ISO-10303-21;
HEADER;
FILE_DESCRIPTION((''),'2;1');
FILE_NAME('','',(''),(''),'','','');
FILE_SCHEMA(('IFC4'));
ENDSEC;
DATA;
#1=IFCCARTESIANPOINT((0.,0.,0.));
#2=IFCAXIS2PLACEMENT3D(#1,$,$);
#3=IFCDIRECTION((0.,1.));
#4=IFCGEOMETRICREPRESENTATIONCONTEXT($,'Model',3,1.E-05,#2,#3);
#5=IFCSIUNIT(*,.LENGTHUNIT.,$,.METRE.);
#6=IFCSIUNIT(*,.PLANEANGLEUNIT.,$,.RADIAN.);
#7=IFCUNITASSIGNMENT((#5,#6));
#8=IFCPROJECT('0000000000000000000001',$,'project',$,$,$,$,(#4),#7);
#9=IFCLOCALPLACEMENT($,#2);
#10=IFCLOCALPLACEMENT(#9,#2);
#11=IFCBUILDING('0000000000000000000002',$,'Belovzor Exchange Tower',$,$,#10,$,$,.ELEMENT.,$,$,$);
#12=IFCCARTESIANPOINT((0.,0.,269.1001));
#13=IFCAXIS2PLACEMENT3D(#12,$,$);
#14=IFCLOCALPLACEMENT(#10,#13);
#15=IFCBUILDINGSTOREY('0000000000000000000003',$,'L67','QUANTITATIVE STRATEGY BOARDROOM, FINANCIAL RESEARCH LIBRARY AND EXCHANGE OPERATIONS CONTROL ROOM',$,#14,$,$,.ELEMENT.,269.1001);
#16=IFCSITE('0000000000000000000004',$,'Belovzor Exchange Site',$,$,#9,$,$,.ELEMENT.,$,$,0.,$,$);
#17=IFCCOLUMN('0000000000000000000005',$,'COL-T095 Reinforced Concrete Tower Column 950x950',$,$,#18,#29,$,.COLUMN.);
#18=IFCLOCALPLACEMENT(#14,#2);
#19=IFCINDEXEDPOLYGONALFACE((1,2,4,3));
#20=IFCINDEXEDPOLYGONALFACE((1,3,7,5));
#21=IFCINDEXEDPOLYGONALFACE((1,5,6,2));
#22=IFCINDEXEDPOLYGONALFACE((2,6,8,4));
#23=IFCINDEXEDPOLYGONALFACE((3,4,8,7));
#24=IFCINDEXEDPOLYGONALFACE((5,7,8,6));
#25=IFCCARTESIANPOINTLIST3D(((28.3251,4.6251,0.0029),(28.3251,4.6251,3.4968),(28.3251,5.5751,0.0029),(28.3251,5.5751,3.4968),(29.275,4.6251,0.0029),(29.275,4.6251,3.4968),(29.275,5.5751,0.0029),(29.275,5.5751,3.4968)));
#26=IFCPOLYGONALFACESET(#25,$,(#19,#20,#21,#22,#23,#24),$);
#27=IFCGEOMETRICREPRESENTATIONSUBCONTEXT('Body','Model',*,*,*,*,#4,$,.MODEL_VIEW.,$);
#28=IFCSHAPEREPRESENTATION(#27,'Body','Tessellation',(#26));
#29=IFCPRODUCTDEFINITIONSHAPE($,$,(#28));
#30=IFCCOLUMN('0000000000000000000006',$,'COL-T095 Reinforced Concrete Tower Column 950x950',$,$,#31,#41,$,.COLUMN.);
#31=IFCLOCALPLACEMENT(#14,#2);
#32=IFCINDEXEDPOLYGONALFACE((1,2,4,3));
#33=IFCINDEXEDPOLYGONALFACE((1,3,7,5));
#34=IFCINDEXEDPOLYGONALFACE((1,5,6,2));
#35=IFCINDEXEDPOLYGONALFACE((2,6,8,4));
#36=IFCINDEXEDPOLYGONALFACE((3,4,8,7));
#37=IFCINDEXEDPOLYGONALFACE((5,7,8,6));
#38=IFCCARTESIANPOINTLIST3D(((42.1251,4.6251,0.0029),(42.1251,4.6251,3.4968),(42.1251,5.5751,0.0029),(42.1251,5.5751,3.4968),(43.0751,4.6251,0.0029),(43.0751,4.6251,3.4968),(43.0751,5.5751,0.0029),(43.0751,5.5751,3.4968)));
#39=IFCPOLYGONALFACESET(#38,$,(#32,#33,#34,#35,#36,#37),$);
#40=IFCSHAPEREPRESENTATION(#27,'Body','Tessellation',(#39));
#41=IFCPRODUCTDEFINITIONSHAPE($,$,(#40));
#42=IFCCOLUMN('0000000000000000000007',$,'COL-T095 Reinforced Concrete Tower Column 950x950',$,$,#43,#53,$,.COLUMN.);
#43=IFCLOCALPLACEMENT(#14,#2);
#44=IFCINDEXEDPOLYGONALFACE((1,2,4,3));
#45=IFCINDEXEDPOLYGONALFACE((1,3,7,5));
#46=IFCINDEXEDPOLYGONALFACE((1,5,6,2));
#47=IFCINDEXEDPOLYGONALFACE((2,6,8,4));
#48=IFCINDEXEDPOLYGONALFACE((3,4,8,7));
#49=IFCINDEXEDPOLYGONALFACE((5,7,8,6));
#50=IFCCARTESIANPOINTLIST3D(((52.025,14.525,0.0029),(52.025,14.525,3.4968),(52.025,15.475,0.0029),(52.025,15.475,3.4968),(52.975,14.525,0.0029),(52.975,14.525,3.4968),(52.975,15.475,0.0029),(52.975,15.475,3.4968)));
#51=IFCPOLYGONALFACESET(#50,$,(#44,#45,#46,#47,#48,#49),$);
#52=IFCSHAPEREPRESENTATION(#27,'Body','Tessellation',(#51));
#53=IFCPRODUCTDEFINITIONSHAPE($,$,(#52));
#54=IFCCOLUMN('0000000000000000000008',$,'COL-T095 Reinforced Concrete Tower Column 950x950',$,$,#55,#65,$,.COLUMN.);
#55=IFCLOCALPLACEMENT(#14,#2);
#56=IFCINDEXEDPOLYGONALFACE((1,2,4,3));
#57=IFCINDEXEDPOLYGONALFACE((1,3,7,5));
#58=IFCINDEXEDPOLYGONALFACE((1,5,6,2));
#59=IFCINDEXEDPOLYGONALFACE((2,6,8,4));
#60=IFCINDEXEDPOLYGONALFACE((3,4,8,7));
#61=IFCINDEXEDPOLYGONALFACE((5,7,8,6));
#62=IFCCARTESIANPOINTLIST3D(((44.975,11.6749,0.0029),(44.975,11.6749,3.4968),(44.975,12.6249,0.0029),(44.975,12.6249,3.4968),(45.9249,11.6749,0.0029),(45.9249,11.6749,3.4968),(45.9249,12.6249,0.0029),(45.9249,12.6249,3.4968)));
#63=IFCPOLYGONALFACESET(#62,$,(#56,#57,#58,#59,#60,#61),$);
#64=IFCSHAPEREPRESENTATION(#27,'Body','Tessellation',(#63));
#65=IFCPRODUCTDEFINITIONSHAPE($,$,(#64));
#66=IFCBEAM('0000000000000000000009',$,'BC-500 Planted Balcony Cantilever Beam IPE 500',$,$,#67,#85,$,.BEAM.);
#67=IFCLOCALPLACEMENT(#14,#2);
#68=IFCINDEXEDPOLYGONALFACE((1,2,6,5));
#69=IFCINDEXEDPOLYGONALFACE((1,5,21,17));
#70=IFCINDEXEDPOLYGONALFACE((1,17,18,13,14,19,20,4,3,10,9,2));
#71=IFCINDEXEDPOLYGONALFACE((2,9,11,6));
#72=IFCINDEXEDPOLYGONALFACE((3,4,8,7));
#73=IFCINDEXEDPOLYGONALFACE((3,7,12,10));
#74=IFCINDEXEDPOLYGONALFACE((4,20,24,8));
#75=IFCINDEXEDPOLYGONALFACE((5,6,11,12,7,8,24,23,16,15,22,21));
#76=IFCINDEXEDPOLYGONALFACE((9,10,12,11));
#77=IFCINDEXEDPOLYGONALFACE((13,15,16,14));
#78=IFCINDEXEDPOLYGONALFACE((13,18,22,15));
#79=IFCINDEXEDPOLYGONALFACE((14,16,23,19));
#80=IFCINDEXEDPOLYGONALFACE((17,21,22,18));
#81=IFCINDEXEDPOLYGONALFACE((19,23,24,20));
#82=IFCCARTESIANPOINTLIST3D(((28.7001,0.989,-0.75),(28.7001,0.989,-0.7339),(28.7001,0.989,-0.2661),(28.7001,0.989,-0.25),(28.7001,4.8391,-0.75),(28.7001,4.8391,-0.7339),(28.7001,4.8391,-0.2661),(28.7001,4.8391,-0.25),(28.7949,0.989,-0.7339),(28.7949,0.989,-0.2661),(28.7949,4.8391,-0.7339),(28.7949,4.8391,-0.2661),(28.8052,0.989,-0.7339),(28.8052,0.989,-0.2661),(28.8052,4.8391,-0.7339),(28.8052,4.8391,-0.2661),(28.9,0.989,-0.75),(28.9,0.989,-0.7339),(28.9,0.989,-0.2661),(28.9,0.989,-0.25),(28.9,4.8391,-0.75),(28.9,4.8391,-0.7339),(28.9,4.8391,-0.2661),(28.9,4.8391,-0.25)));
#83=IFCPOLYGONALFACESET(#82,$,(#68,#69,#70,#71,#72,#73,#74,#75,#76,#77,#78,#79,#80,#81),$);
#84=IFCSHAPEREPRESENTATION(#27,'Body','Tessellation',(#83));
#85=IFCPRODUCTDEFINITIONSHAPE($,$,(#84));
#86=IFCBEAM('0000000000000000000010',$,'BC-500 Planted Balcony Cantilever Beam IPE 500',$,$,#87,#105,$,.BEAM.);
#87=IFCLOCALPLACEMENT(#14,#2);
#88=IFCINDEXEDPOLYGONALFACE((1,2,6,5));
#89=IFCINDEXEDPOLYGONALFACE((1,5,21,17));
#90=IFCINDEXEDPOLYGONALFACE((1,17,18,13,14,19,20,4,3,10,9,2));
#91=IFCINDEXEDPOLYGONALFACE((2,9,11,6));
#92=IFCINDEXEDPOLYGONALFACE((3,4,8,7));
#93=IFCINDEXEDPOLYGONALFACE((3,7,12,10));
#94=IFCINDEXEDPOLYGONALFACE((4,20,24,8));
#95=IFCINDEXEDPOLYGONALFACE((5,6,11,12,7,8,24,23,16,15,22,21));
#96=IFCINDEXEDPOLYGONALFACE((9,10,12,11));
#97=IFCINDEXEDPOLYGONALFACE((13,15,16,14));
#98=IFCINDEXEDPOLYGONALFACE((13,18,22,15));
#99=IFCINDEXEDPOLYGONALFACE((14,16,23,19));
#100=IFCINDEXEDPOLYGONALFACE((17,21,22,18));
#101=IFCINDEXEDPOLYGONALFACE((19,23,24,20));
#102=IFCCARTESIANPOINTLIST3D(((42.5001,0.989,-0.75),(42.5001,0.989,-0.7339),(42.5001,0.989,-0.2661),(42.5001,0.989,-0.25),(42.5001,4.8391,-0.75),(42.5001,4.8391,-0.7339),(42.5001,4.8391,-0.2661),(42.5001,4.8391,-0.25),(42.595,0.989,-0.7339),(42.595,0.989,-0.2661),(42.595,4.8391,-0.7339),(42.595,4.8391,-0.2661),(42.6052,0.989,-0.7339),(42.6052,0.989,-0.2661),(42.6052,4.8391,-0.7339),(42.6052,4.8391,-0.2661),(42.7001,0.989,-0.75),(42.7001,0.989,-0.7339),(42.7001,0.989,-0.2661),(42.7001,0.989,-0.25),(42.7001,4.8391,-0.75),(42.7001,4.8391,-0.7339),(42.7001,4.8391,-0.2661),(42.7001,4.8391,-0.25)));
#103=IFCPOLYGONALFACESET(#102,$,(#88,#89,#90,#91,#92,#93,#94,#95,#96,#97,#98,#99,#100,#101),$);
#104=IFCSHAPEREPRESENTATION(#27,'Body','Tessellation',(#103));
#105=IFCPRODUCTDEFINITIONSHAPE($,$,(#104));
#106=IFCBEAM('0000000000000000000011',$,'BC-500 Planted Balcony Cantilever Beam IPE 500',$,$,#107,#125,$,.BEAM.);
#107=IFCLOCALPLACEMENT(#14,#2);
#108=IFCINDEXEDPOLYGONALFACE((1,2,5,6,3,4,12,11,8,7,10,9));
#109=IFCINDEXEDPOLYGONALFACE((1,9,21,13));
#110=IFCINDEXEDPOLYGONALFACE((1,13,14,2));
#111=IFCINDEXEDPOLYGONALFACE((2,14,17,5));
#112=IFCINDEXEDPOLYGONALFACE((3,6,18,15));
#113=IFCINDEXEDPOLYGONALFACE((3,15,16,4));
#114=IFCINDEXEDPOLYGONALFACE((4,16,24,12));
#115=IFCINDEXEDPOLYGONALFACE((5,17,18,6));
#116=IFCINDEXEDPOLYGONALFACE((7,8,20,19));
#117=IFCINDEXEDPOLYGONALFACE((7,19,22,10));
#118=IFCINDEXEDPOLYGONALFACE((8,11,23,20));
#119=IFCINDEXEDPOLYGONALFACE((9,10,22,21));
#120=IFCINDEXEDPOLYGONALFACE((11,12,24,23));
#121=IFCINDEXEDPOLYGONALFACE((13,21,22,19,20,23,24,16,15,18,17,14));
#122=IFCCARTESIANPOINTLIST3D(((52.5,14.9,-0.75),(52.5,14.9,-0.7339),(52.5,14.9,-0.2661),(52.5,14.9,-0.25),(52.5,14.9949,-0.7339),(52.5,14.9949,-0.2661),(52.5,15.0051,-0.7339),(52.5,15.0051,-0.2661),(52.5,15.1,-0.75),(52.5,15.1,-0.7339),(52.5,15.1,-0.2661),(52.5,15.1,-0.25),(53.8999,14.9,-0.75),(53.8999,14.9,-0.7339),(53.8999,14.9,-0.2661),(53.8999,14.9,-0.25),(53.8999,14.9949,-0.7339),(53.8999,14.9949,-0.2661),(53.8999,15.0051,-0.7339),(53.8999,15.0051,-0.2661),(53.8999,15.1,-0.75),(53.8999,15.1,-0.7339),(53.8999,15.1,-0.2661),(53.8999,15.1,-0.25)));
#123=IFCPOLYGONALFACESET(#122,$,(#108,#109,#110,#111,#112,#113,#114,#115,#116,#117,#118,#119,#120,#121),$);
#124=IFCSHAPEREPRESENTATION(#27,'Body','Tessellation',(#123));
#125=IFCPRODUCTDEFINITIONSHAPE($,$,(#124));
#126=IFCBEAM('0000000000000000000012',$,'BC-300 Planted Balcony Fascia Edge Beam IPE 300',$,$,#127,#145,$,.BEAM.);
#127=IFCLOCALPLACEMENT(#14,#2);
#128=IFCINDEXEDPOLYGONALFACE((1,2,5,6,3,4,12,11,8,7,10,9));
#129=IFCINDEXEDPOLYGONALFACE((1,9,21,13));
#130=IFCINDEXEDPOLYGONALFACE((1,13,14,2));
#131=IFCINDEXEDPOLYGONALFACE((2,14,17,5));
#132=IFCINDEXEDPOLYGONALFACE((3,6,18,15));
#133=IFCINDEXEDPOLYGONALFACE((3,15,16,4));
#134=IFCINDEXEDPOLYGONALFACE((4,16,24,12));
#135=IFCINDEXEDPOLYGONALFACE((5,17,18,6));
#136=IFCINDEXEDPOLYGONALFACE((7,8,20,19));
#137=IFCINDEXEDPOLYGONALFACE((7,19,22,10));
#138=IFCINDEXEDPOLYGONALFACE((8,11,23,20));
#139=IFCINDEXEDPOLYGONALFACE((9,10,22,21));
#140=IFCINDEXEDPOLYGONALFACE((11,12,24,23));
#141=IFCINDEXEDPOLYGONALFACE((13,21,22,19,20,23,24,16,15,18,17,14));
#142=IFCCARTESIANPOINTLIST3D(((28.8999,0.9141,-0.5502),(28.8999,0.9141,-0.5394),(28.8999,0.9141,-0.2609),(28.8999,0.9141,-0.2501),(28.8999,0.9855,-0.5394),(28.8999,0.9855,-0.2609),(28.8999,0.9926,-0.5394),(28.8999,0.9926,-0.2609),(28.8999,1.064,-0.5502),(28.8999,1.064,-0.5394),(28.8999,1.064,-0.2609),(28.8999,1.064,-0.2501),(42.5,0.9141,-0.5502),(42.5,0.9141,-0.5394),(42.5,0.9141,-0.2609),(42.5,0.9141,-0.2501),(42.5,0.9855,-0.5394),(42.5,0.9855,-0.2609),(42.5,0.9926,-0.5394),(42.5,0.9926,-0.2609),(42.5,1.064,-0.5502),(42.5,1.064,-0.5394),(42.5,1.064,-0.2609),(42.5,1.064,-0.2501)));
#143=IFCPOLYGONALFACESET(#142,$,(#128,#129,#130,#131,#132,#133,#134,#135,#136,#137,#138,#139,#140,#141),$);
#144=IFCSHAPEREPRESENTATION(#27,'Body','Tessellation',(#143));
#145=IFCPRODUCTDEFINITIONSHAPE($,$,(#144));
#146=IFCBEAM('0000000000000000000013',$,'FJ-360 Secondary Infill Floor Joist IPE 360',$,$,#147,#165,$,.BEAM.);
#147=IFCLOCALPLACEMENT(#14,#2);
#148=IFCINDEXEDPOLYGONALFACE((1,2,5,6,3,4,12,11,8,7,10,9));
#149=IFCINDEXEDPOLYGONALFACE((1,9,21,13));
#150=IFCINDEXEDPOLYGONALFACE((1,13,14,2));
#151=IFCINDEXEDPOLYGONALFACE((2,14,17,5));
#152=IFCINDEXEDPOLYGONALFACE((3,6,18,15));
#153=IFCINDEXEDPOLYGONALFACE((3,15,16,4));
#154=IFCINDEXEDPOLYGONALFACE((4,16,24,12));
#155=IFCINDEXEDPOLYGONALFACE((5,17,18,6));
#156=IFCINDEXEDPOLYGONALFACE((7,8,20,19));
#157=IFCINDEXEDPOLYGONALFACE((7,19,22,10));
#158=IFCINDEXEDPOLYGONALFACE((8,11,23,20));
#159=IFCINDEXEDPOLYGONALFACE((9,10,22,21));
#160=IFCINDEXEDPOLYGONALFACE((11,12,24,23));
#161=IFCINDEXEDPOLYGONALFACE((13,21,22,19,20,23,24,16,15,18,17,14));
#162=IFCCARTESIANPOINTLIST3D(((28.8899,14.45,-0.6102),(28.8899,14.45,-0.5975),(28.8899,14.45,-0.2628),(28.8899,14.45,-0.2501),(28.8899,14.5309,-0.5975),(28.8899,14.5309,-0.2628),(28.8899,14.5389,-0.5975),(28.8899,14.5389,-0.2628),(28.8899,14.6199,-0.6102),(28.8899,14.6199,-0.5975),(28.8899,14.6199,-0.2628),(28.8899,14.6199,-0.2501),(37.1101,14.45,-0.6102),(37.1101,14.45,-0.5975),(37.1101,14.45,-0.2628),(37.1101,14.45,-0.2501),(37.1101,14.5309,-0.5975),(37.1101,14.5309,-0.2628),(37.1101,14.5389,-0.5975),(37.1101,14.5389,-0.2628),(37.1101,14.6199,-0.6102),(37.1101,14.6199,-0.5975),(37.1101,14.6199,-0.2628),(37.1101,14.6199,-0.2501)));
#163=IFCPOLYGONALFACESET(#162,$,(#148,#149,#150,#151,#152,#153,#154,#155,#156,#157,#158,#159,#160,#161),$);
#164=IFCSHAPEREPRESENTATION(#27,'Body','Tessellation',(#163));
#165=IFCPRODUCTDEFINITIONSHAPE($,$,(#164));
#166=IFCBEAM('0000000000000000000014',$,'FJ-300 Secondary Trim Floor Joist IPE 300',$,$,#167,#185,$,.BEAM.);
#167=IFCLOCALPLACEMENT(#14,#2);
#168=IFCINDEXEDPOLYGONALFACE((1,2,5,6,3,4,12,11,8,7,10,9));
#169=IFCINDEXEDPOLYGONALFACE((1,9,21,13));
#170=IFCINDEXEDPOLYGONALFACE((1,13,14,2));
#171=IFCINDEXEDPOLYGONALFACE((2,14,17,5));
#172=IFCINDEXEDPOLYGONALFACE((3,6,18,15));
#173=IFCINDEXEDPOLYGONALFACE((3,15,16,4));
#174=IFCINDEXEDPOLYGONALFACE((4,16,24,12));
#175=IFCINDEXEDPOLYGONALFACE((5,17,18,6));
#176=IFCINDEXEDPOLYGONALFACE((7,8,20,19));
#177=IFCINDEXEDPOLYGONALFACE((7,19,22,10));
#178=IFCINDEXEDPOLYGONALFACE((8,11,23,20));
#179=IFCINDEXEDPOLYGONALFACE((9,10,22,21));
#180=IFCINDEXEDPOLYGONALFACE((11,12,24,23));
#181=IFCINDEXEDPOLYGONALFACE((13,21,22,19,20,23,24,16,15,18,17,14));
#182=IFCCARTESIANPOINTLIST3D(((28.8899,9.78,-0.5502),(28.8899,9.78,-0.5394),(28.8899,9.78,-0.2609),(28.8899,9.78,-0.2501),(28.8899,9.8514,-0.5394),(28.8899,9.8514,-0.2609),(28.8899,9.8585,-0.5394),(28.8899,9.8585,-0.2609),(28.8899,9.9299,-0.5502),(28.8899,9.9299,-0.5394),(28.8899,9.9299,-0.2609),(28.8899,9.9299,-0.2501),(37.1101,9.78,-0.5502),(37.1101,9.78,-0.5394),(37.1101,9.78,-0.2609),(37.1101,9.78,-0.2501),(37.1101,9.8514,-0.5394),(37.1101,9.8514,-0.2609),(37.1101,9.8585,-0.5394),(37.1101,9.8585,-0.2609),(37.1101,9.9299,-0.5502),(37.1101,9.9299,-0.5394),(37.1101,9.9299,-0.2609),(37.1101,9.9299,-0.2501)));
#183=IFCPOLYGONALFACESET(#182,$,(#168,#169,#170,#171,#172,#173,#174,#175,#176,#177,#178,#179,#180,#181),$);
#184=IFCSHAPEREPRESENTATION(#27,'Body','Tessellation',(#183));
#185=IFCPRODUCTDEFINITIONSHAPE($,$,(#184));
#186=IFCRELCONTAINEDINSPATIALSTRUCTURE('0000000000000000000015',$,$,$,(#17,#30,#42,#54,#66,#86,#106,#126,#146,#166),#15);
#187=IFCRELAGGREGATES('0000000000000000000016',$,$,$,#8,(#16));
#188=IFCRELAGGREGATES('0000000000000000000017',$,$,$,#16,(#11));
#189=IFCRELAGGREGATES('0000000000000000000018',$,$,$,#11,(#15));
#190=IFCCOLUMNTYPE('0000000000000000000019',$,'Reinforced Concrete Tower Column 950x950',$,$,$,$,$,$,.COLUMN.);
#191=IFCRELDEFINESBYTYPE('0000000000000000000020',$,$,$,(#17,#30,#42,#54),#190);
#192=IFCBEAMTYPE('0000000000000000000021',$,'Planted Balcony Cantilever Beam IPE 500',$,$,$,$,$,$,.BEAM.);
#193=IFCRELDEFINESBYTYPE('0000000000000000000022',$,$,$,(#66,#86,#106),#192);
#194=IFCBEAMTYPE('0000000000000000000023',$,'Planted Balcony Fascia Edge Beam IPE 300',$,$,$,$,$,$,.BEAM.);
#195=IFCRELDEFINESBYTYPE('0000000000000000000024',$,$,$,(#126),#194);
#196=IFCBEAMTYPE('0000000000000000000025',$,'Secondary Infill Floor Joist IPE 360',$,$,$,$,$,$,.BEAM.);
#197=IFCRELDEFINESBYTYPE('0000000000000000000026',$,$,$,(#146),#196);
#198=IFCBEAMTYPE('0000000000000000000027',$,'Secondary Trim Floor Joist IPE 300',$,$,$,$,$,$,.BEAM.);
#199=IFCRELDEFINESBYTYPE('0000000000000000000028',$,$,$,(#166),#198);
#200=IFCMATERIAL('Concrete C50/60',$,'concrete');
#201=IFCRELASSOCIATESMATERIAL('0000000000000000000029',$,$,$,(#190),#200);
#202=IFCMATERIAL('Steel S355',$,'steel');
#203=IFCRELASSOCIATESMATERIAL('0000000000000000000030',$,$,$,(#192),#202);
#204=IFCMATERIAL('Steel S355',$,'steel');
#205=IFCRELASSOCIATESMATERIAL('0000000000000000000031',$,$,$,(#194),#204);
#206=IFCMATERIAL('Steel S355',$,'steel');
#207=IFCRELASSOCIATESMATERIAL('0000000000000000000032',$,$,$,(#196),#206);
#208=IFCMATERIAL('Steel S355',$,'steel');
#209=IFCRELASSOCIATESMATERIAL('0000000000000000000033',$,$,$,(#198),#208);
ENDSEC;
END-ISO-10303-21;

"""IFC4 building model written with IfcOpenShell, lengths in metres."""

from ifc_helpers import new_model, si_unit, direction, frame, origin, origin_2d, place, context, subcontext, project, spatial, rectangle, i_section, extrude, material, material_profile, profile_set, type_object, element, save


model = new_model("IFC4")

# Units and contexts
model_context = context("Model", 3, precision=1e-05, world=origin(), true_north=direction((0.0, 1.0)))
body_context = subcontext(model_context, "Body", "Model", "MODEL_VIEW")
ifc_project = project(units=[si_unit("LENGTHUNIT", "METRE"), si_unit("PLANEANGLEUNIT", "RADIAN")], contexts=[model_context])

# Site, building, storey
site_placement = place(None, origin())
site = spatial("IfcSite", under=ifc_project, at=site_placement, Name="Belovzor Exchange Site", CompositionType="ELEMENT", RefElevation=0.0)
building_placement = place(site_placement, origin())
building = spatial("IfcBuilding", under=site, at=building_placement, Name="Belovzor Exchange Tower", CompositionType="ELEMENT")
storey_placement = place(building_placement, frame((0.0, 0.0, 269.1001)))
storey = spatial("IfcBuildingStorey", under=building, at=storey_placement, Name="L67", Description="QUANTITATIVE STRATEGY BOARDROOM, FINANCIAL RESEARCH LIBRARY AND EXCHANGE OPERATIONS CONTROL ROOM", CompositionType="ELEMENT", Elevation=269.1001)

# Columns
ifc_material_1 = material(Name="Concrete C50/60", Category="concrete")
ifc_material_profile_1 = material_profile(ifc_material_1, rectangle(XDim=0.95, YDim=0.95, at=origin_2d()))
ifc_profile_set_1 = profile_set([ifc_material_profile_1], Name="Concrete C50/60")
column_type = type_object("IfcColumnType", Name="Reinforced Concrete Tower Column 950x950", PredefinedType="COLUMN", material=ifc_profile_set_1)
for number, where, z_axis, x_axis, name in (
    (1, (28.8, 5.1001, 0.0029), (0.0, 0.0, 1.0), (1.0, 0.0, 0.0), "COL-T095 Reinforced Concrete Tower Column 950x950"),
    (2, (42.6001, 5.1001, 0.0029), (0.0, 0.0, 1.0), (1.0, 0.0, 0.0), "COL-T095 Reinforced Concrete Tower Column 950x950"),
    (3, (52.5, 15.0, 0.0029), (0.0, 0.0, 1.0), (1.0, 0.0, 0.0), "COL-T095 Reinforced Concrete Tower Column 950x950"),
    (4, (45.45, 12.1499, 0.0029), (0.0, 0.0, 1.0), (1.0, 0.0, 0.0), "COL-T095 Reinforced Concrete Tower Column 950x950"),
):
    element("IfcColumn", number, at=place(storey_placement, frame(where, z_axis=z_axis, x_axis=x_axis)), inside=storey, type_object=column_type, Name=name, PredefinedType="COLUMN", context=body_context, shape_type="SweptSolid", body=[
        extrude(rectangle(XDim=0.95, YDim=0.95, at=origin_2d()), origin(), (0.0, 0.0, 1.0), 3.4939),
    ])

# Beams
ifc_material_2 = material(Name="Steel S355", Category="steel")
ifc_material_profile_2 = material_profile(ifc_material_2, i_section(OverallWidth=0.2, OverallDepth=0.5, WebThickness=0.0103, FlangeThickness=0.0161, at=origin_2d()))
ifc_profile_set_2 = profile_set([ifc_material_profile_2], Name="Steel S355")
beam_type_1 = type_object("IfcBeamType", Name="Planted Balcony Cantilever Beam IPE 500", PredefinedType="BEAM", material=ifc_profile_set_2)
for number, where, z_axis, x_axis, name in (
    (5, (28.8, 4.8391, -0.5), (0.0, -1.0, 0.0), (1.0, 0.0, 0.0), "BC-500 Planted Balcony Cantilever Beam IPE 500"),
    (6, (42.6001, 4.8391, -0.5), (0.0, -1.0, 0.0), (1.0, 0.0, 0.0), "BC-500 Planted Balcony Cantilever Beam IPE 500"),
):
    element("IfcBeam", number, at=place(storey_placement, frame(where, z_axis=z_axis, x_axis=x_axis)), inside=storey, type_object=beam_type_1, Name=name, PredefinedType="BEAM", context=body_context, shape_type="SweptSolid", body=[
        extrude(i_section(OverallWidth=0.2, OverallDepth=0.5, WebThickness=0.0103, FlangeThickness=0.0161, at=origin_2d()), origin(), (0.0, 0.0, 1.0), 3.8501),
    ])
beam_1_placement = place(storey_placement, frame((52.5, 15.0, -0.5), z_axis=(1.0, 0.0, 0.0), x_axis=(0.0, 1.0, 0.0)))
element("IfcBeam", 7, at=beam_1_placement, inside=storey, type_object=beam_type_1, Name="BC-500 Planted Balcony Cantilever Beam IPE 500", PredefinedType="BEAM", context=body_context, shape_type="SweptSolid", body=[
    extrude(i_section(OverallWidth=0.2, OverallDepth=0.5, WebThickness=0.0103, FlangeThickness=0.0161, at=origin_2d()), origin(), (0.0, 0.0, 1.0), 1.3999),
])
ifc_material_3 = material(Name="Steel S355", Category="steel")
ifc_material_profile_3 = material_profile(ifc_material_3, i_section(OverallWidth=0.1499, OverallDepth=0.3, WebThickness=0.0071, FlangeThickness=0.0107, at=origin_2d()))
ifc_profile_set_3 = profile_set([ifc_material_profile_3], Name="Steel S355")
beam_type_2 = type_object("IfcBeamType", Name="Planted Balcony Fascia Edge Beam IPE 300", PredefinedType="BEAM", material=ifc_profile_set_3)
beam_2_placement = place(storey_placement, frame((28.8999, 0.989, -0.4001), z_axis=(1.0, 0.0, 0.0), x_axis=(0.0, 1.0, 0.0)))
element("IfcBeam", 8, at=beam_2_placement, inside=storey, type_object=beam_type_2, Name="BC-300 Planted Balcony Fascia Edge Beam IPE 300", PredefinedType="BEAM", context=body_context, shape_type="SweptSolid", body=[
    extrude(i_section(OverallWidth=0.1499, OverallDepth=0.3, WebThickness=0.0071, FlangeThickness=0.0107, at=origin_2d()), origin(), (0.0, 0.0, 1.0), 13.6001),
])
ifc_material_4 = material(Name="Steel S355", Category="steel")
ifc_material_profile_4 = material_profile(ifc_material_4, i_section(OverallWidth=0.1699, OverallDepth=0.3601, WebThickness=0.0081, FlangeThickness=0.0127, at=origin_2d()))
ifc_profile_set_4 = profile_set([ifc_material_profile_4], Name="Steel S355")
beam_type_3 = type_object("IfcBeamType", Name="Secondary Infill Floor Joist IPE 360", PredefinedType="BEAM", material=ifc_profile_set_4)
beam_3_placement = place(storey_placement, frame((28.8899, 14.5349, -0.4302), z_axis=(1.0, 0.0, 0.0), x_axis=(0.0, 1.0, 0.0)))
element("IfcBeam", 9, at=beam_3_placement, inside=storey, type_object=beam_type_3, Name="FJ-360 Secondary Infill Floor Joist IPE 360", PredefinedType="BEAM", context=body_context, shape_type="SweptSolid", body=[
    extrude(i_section(OverallWidth=0.1699, OverallDepth=0.3601, WebThickness=0.0081, FlangeThickness=0.0127, at=origin_2d()), origin(), (0.0, 0.0, 1.0), 8.2202),
])
ifc_material_5 = material(Name="Steel S355", Category="steel")
ifc_material_profile_5 = material_profile(ifc_material_5, i_section(OverallWidth=0.1499, OverallDepth=0.3, WebThickness=0.0071, FlangeThickness=0.0107, at=origin_2d()))
ifc_profile_set_5 = profile_set([ifc_material_profile_5], Name="Steel S355")
beam_type_4 = type_object("IfcBeamType", Name="Secondary Trim Floor Joist IPE 300", PredefinedType="BEAM", material=ifc_profile_set_5)
beam_4_placement = place(storey_placement, frame((28.8899, 9.855, -0.4001), z_axis=(1.0, 0.0, 0.0), x_axis=(0.0, 1.0, 0.0)))
element("IfcBeam", 10, at=beam_4_placement, inside=storey, type_object=beam_type_4, Name="FJ-300 Secondary Trim Floor Joist IPE 300", PredefinedType="BEAM", context=body_context, shape_type="SweptSolid", body=[
    extrude(i_section(OverallWidth=0.1499, OverallDepth=0.3, WebThickness=0.0071, FlangeThickness=0.0107, at=origin_2d()), origin(), (0.0, 0.0, 1.0), 8.2202),
])

save(model, "model.ifc")
